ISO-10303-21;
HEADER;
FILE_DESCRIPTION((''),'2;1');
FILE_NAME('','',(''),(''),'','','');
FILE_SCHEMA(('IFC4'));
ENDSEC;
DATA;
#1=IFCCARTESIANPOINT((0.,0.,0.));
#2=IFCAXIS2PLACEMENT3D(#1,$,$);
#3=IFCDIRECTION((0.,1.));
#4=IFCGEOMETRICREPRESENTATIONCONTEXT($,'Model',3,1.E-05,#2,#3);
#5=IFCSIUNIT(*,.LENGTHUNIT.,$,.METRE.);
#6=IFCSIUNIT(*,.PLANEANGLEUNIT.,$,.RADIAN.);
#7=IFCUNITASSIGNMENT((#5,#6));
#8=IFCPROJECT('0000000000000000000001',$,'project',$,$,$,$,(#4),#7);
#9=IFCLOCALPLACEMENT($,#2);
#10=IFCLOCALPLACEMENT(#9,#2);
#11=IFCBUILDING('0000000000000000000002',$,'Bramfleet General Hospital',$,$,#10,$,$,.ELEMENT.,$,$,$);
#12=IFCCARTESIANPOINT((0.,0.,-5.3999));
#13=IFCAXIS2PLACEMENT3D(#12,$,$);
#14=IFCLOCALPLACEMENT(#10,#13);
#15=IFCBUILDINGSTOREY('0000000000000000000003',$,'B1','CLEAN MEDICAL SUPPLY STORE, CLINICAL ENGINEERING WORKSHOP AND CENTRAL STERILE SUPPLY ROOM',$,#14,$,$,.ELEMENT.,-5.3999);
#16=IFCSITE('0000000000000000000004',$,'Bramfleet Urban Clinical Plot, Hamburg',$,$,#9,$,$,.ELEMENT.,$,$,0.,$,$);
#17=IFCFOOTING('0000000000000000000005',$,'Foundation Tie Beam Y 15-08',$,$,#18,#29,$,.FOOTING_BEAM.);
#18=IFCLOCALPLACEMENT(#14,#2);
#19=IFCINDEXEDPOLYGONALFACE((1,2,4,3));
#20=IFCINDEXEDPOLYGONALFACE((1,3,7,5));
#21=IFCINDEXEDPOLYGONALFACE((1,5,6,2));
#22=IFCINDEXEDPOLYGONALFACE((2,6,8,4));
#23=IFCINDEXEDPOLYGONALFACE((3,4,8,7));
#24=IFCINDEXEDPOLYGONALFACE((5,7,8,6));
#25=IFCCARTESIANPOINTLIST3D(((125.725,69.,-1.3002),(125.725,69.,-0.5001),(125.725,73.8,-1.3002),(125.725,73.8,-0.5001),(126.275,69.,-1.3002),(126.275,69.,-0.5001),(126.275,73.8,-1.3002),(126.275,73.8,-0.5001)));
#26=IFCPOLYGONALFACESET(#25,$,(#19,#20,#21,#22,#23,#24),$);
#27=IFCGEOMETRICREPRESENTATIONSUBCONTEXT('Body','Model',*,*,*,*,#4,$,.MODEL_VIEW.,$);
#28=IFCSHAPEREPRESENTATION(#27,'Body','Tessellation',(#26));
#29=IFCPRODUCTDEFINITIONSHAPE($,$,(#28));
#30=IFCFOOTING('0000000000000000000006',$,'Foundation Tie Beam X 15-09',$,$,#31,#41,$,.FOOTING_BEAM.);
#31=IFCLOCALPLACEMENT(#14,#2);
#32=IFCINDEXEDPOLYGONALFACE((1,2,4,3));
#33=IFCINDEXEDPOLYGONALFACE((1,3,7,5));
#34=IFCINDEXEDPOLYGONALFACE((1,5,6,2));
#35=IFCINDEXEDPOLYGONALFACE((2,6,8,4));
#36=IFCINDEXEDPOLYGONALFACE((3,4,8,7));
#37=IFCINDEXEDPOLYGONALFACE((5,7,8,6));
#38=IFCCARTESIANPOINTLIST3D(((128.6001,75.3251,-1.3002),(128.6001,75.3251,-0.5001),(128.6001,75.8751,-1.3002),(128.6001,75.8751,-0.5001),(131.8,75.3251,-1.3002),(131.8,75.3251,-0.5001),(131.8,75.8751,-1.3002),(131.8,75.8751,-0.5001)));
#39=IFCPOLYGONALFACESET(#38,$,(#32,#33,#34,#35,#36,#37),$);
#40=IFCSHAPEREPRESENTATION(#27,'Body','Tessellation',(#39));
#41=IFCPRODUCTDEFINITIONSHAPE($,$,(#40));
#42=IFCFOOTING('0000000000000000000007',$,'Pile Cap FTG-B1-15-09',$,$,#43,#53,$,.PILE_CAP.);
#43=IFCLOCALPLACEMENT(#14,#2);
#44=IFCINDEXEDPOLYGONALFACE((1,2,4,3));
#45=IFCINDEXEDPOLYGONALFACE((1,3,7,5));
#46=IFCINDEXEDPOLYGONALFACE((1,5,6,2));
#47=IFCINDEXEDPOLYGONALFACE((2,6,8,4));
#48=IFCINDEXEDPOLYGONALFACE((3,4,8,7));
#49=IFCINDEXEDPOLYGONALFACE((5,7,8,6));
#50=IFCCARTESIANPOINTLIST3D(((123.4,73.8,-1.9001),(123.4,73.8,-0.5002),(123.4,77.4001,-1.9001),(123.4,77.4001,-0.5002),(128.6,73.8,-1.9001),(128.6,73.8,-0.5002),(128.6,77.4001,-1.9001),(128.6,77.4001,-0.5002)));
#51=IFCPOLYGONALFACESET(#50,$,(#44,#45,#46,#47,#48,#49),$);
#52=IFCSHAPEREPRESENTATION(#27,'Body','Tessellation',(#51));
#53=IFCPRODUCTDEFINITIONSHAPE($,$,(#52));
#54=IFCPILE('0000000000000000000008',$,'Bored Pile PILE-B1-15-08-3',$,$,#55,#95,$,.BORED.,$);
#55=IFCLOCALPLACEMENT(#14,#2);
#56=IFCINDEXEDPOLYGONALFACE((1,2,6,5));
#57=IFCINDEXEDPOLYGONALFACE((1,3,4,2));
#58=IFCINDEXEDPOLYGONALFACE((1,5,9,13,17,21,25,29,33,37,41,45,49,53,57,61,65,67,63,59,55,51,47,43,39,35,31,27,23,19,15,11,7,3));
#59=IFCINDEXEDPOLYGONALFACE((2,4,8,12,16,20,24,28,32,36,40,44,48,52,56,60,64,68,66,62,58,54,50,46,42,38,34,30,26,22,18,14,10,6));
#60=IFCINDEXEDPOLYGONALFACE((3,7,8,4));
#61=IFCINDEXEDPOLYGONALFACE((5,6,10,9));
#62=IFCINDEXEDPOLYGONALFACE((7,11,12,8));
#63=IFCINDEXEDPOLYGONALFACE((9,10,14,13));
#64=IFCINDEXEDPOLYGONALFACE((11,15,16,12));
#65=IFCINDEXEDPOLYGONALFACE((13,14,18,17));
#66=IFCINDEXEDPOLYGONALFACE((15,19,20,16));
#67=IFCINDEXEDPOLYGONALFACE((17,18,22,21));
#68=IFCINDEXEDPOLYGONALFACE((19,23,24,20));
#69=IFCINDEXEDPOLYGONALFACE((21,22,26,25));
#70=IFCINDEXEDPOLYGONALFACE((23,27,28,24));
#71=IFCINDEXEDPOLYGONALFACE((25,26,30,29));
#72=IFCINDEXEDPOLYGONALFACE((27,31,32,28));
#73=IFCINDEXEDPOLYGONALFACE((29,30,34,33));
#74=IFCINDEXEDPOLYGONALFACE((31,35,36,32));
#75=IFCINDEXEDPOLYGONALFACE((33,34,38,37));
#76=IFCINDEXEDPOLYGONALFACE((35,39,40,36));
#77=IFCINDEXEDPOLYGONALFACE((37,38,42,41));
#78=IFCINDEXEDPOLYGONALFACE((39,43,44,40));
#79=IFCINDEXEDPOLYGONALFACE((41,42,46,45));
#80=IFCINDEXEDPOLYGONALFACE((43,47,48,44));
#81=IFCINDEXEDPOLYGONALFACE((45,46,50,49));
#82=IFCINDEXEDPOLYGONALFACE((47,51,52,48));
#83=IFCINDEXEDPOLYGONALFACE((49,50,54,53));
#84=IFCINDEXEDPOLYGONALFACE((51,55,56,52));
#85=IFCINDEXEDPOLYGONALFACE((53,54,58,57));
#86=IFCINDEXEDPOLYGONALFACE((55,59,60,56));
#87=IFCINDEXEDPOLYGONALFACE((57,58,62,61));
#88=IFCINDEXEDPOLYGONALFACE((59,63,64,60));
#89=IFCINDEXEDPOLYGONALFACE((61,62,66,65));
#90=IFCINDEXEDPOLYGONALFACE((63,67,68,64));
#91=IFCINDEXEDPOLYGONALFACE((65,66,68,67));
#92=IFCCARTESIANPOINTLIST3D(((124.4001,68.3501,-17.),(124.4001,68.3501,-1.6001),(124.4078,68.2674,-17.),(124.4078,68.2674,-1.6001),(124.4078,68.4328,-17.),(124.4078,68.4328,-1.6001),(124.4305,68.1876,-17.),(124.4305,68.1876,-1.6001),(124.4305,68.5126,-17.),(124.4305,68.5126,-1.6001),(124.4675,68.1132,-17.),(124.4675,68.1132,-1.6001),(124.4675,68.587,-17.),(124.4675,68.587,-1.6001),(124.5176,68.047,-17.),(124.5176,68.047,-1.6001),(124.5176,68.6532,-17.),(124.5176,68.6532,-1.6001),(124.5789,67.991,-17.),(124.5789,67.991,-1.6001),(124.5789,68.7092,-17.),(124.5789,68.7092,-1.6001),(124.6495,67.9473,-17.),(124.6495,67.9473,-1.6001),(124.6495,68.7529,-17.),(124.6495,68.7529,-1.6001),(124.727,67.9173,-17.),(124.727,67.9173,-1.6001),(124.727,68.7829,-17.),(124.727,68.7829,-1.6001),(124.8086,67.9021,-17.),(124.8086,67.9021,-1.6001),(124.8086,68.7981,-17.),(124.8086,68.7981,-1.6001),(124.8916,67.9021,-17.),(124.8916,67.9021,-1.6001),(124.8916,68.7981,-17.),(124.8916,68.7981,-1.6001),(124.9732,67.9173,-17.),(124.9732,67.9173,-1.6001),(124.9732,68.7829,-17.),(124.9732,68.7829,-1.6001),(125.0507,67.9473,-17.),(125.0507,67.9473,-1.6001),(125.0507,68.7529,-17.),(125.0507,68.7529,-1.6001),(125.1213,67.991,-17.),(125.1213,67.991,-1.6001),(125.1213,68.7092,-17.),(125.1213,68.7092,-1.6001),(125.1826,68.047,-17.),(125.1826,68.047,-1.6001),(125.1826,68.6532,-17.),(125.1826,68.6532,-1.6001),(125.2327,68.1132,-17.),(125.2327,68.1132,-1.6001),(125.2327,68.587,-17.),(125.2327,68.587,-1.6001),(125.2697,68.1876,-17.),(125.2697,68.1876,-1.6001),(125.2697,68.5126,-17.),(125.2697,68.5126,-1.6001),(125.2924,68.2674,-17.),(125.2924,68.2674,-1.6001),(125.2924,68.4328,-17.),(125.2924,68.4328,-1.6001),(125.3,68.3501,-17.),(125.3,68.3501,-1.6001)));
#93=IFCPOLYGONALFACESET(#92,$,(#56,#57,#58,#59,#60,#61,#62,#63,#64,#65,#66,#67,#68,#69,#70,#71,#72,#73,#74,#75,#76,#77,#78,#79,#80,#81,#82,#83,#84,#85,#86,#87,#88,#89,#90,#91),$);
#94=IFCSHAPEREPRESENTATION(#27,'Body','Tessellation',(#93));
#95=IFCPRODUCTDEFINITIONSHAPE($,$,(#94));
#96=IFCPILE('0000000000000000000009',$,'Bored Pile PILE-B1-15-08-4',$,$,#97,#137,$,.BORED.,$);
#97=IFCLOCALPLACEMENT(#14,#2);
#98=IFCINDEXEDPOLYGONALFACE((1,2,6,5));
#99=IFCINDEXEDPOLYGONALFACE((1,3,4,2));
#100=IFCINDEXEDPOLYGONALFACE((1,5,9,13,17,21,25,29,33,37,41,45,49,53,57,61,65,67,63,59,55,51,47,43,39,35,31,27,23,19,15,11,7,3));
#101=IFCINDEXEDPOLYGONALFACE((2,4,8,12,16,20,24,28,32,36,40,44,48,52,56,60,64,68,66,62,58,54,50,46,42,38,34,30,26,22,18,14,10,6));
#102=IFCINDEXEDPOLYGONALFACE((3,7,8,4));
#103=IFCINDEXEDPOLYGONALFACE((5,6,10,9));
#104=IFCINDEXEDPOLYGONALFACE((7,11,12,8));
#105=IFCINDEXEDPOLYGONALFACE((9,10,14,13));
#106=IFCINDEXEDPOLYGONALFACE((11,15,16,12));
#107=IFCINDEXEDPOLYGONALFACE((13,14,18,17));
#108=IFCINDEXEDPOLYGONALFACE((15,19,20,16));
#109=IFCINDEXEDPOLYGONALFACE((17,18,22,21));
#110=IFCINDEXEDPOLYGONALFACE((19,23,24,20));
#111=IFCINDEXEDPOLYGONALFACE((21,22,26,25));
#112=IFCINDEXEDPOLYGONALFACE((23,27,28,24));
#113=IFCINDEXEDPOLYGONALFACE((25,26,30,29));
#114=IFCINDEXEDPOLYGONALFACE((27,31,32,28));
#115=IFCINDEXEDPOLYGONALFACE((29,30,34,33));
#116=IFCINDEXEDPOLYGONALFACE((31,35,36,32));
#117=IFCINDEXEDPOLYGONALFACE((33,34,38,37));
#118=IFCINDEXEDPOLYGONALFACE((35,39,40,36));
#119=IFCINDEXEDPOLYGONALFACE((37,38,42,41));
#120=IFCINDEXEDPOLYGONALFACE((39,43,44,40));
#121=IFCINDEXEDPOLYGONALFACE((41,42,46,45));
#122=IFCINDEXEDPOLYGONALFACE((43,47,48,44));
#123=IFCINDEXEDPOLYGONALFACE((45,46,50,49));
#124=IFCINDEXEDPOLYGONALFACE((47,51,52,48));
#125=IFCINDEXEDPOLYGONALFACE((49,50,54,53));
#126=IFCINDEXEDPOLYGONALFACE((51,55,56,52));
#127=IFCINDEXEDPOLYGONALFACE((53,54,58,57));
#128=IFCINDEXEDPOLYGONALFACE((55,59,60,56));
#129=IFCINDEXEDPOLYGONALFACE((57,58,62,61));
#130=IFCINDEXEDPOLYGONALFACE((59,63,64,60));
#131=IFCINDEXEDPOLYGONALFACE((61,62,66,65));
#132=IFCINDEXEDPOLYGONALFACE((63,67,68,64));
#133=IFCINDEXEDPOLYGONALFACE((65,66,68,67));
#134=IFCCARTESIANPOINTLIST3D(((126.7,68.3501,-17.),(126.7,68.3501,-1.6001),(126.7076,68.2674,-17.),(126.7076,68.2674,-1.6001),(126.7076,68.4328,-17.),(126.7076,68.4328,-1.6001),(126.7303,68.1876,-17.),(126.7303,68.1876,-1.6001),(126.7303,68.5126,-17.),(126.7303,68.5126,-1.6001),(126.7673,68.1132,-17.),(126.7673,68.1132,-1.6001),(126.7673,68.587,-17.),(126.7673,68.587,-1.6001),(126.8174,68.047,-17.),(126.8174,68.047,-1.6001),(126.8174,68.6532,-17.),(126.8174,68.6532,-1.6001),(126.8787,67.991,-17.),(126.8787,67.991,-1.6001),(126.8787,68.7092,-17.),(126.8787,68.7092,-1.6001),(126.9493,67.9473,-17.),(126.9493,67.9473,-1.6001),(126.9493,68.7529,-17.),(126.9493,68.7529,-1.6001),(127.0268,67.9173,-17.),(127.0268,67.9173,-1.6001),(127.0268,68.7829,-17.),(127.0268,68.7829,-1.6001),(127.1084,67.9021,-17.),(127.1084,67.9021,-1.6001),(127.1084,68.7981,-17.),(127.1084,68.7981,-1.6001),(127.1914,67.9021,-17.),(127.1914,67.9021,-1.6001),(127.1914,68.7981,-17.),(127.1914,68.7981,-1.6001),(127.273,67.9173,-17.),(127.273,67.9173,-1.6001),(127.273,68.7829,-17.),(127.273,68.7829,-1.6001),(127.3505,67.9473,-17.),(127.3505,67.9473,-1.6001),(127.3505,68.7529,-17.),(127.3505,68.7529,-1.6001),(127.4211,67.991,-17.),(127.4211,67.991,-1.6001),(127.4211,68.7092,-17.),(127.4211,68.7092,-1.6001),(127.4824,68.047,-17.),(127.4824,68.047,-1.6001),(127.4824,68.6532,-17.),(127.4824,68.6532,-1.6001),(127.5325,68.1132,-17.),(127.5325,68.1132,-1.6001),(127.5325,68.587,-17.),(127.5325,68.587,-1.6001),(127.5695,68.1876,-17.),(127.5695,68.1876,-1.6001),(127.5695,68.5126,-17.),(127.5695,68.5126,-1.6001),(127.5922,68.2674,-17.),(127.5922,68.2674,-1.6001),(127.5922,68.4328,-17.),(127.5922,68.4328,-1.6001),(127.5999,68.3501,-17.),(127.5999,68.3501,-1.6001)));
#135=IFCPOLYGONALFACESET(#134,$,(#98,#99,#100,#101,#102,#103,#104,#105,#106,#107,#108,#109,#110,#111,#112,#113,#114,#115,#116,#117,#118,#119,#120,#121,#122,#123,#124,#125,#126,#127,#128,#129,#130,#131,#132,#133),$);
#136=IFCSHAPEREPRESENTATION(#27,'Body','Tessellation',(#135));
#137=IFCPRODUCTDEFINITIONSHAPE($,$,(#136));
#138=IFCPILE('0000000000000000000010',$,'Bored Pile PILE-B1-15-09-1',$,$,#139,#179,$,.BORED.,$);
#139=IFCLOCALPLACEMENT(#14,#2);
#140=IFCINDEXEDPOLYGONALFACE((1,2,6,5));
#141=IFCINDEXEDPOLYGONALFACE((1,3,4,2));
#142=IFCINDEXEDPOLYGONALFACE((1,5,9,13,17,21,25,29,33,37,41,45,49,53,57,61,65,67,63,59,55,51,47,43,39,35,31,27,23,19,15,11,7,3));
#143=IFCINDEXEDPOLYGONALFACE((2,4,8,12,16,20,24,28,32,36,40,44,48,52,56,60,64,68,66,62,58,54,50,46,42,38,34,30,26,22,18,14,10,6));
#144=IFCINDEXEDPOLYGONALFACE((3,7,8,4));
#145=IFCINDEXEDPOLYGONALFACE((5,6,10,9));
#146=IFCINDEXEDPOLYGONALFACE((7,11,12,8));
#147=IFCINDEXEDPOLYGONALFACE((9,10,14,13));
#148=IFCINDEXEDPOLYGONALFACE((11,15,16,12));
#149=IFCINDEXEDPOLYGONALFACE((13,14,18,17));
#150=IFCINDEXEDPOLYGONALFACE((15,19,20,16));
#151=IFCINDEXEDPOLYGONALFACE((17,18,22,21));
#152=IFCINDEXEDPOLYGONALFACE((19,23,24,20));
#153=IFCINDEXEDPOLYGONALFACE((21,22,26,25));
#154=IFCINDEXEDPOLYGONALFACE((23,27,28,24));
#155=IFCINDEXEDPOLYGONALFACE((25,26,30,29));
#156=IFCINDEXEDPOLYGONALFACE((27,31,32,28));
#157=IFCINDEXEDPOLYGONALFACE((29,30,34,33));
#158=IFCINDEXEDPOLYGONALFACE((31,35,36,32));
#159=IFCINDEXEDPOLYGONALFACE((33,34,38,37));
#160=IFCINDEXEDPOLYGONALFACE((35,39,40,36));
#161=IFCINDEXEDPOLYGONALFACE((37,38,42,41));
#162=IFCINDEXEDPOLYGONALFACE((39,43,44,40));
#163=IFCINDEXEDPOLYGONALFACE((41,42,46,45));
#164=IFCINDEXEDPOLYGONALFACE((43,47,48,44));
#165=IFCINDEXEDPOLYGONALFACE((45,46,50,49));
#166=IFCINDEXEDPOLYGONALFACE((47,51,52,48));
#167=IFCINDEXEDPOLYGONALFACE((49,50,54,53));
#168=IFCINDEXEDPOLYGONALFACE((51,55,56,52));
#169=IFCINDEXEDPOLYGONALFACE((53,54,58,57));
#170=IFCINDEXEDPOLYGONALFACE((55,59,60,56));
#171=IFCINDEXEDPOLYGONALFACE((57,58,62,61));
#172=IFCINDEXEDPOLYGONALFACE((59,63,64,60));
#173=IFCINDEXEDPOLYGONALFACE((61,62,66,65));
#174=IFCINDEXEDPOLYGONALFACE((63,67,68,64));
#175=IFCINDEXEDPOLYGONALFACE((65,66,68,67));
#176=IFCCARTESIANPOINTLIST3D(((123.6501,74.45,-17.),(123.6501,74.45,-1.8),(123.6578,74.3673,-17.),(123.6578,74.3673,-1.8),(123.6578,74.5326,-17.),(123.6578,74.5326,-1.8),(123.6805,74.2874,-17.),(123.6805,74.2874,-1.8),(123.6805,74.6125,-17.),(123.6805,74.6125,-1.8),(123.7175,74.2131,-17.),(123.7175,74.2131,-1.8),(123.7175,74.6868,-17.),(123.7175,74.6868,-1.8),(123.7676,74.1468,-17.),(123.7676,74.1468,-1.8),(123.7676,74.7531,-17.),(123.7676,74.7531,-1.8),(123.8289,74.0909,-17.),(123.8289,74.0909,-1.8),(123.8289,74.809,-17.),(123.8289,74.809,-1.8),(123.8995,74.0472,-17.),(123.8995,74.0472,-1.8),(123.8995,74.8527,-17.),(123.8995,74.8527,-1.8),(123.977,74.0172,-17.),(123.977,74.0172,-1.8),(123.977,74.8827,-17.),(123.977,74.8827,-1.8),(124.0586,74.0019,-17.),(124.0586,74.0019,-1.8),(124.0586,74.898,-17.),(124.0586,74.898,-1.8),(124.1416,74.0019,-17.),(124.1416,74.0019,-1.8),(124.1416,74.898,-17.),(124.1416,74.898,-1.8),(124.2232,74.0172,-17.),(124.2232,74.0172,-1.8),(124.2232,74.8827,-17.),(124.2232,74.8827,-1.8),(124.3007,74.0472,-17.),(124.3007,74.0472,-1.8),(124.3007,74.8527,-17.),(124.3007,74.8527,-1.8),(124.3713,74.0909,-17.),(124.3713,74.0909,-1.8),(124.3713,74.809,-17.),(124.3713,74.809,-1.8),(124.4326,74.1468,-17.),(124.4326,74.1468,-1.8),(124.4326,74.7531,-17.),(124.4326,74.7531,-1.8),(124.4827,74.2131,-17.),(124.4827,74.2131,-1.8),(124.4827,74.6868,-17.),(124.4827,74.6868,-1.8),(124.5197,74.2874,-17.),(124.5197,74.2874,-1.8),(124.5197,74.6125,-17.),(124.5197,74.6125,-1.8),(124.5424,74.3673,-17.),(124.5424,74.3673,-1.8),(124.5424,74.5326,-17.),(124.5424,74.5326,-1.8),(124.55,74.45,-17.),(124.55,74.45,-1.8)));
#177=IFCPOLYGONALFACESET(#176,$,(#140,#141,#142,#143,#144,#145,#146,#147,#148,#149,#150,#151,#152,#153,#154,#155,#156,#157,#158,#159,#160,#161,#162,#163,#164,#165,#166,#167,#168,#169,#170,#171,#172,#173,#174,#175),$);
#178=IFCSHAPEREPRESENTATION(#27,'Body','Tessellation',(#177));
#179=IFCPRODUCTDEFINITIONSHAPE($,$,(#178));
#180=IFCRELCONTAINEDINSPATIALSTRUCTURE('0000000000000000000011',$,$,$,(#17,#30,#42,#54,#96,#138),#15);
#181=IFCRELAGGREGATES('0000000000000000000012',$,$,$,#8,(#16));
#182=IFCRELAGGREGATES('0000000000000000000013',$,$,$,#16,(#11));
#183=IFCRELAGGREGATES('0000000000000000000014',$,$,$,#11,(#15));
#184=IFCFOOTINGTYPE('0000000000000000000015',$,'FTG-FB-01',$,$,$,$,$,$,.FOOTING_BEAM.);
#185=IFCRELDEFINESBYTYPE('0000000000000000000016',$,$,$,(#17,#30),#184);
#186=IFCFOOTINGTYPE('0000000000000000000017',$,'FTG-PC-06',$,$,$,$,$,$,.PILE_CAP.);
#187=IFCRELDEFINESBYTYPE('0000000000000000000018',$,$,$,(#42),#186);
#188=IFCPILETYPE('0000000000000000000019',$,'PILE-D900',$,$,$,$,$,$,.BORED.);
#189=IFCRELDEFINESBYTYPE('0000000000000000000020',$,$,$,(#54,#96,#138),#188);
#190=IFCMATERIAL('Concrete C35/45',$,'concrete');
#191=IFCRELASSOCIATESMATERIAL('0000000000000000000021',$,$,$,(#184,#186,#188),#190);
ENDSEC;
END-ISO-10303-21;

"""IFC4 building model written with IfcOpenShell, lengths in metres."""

from ifc_helpers import new_model, si_unit, direction, frame, origin, origin_2d, place, context, subcontext, project, spatial, rectangle, circle, extrude, material, material_profile, profile_set, type_object, element, save


model = new_model("IFC4")

# Units and contexts
model_context = context("Model", 3, precision=1e-05, world=origin(), true_north=direction((0.0, 1.0)))
body_context = subcontext(model_context, "Body", "Model", "MODEL_VIEW")
ifc_project = project(units=[si_unit("LENGTHUNIT", "METRE"), si_unit("PLANEANGLEUNIT", "RADIAN")], contexts=[model_context])

# Site, building, storey
site_placement = place(None, origin())
site = spatial("IfcSite", under=ifc_project, at=site_placement, Name="Bramfleet Urban Clinical Plot, Hamburg", CompositionType="ELEMENT", RefElevation=0.0)
building_placement = place(site_placement, origin())
building = spatial("IfcBuilding", under=site, at=building_placement, Name="Bramfleet General Hospital", CompositionType="ELEMENT")
storey_placement = place(building_placement, frame((0.0, 0.0, -5.3999)))
storey = spatial("IfcBuildingStorey", under=building, at=storey_placement, Name="B1", Description="CLEAN MEDICAL SUPPLY STORE, CLINICAL ENGINEERING WORKSHOP AND CENTRAL STERILE SUPPLY ROOM", CompositionType="ELEMENT", Elevation=-5.3999)

# Footings
ifc_material_1 = material(Name="Concrete C35/45", Category="concrete")
ifc_material_profile_1 = material_profile(ifc_material_1, rectangle(XDim=0.55, YDim=0.8, at=origin_2d()), Name="RC FB 800x550")
ifc_profile_set_1 = profile_set([ifc_material_profile_1], Name="Concrete C35/45")
footing_type_1 = type_object("IfcFootingType", Name="FTG-FB-01", PredefinedType="FOOTING_BEAM", material=ifc_profile_set_1)
footing_1_placement = place(storey_placement, frame((126.0, 69.0, -0.9001), z_axis=(0.0, 1.0, 0.0), x_axis=(-1.0, 0.0, 0.0)))
element("IfcFooting", 1, at=footing_1_placement, inside=storey, type_object=footing_type_1, Name="Foundation Tie Beam Y 15-08", PredefinedType="FOOTING_BEAM", context=body_context, shape_type="SweptSolid", body=[
    extrude(rectangle(XDim=0.55, YDim=0.8, at=origin_2d()), origin(), (0.0, 0.0, 1.0), 4.8),
])
footing_2_placement = place(storey_placement, frame((128.6001, 75.6001, -0.9001), z_axis=(1.0, 0.0, 0.0), x_axis=(0.0, 1.0, 0.0)))
element("IfcFooting", 2, at=footing_2_placement, inside=storey, type_object=footing_type_1, Name="Foundation Tie Beam X 15-09", PredefinedType="FOOTING_BEAM", context=body_context, shape_type="SweptSolid", body=[
    extrude(rectangle(XDim=0.55, YDim=0.8, at=origin_2d()), origin(), (0.0, 0.0, 1.0), 3.2),
])
footing_type_2 = type_object("IfcFootingType", Name="FTG-PC-06", PredefinedType="PILE_CAP", material=ifc_material_1)
footing_3_placement = place(storey_placement, frame((126.0, 75.6001, -1.9001), z_axis=(0.0, 0.0, 1.0), x_axis=(1.0, 0.0, 0.0)))
element("IfcFooting", 3, at=footing_3_placement, inside=storey, type_object=footing_type_2, Name="Pile Cap FTG-B1-15-09", PredefinedType="PILE_CAP", context=body_context, shape_type="SweptSolid", body=[
    extrude(rectangle(XDim=5.2, YDim=3.6001, at=origin_2d()), origin(), (0.0, 0.0, 1.0), 1.3999),
])

# Piles
ifc_material_profile_2 = material_profile(ifc_material_1, circle(Radius=0.45, at=origin_2d()), Name="PILE BORED D900")
ifc_profile_set_2 = profile_set([ifc_material_profile_2], Name="Concrete C35/45")
pile_type = type_object("IfcPileType", Name="PILE-D900", PredefinedType="BORED", material=ifc_profile_set_2)
for number, where, z_axis, x_axis, name in (
    (4, (124.8501, 68.3501, -1.6001), (0.0, 0.0, -1.0), (1.0, 0.0, 0.0), "Bored Pile PILE-B1-15-08-3"),
    (5, (127.1499, 68.3501, -1.6001), (0.0, 0.0, -1.0), (1.0, 0.0, 0.0), "Bored Pile PILE-B1-15-08-4"),
):
    element("IfcPile", number, at=place(storey_placement, frame(where, z_axis=z_axis, x_axis=x_axis)), inside=storey, type_object=pile_type, Name=name, PredefinedType="BORED", context=body_context, shape_type="SweptSolid", body=[
        extrude(circle(Radius=0.45, at=origin_2d()), origin(), (0.0, 0.0, 1.0), 15.3999),
    ])
for number, where, z_axis, x_axis, name in (
    (6, (124.1001, 74.45, -1.8), (0.0, 0.0, -1.0), (1.0, 0.0, 0.0), "Bored Pile PILE-B1-15-09-1"),
):
    element("IfcPile", number, at=place(storey_placement, frame(where, z_axis=z_axis, x_axis=x_axis)), inside=storey, type_object=pile_type, Name=name, PredefinedType="BORED", context=body_context, shape_type="SweptSolid", body=[
        extrude(circle(Radius=0.45, at=origin_2d()), origin(), (0.0, 0.0, 1.0), 15.2),
    ])

save(model, "model.ifc")
